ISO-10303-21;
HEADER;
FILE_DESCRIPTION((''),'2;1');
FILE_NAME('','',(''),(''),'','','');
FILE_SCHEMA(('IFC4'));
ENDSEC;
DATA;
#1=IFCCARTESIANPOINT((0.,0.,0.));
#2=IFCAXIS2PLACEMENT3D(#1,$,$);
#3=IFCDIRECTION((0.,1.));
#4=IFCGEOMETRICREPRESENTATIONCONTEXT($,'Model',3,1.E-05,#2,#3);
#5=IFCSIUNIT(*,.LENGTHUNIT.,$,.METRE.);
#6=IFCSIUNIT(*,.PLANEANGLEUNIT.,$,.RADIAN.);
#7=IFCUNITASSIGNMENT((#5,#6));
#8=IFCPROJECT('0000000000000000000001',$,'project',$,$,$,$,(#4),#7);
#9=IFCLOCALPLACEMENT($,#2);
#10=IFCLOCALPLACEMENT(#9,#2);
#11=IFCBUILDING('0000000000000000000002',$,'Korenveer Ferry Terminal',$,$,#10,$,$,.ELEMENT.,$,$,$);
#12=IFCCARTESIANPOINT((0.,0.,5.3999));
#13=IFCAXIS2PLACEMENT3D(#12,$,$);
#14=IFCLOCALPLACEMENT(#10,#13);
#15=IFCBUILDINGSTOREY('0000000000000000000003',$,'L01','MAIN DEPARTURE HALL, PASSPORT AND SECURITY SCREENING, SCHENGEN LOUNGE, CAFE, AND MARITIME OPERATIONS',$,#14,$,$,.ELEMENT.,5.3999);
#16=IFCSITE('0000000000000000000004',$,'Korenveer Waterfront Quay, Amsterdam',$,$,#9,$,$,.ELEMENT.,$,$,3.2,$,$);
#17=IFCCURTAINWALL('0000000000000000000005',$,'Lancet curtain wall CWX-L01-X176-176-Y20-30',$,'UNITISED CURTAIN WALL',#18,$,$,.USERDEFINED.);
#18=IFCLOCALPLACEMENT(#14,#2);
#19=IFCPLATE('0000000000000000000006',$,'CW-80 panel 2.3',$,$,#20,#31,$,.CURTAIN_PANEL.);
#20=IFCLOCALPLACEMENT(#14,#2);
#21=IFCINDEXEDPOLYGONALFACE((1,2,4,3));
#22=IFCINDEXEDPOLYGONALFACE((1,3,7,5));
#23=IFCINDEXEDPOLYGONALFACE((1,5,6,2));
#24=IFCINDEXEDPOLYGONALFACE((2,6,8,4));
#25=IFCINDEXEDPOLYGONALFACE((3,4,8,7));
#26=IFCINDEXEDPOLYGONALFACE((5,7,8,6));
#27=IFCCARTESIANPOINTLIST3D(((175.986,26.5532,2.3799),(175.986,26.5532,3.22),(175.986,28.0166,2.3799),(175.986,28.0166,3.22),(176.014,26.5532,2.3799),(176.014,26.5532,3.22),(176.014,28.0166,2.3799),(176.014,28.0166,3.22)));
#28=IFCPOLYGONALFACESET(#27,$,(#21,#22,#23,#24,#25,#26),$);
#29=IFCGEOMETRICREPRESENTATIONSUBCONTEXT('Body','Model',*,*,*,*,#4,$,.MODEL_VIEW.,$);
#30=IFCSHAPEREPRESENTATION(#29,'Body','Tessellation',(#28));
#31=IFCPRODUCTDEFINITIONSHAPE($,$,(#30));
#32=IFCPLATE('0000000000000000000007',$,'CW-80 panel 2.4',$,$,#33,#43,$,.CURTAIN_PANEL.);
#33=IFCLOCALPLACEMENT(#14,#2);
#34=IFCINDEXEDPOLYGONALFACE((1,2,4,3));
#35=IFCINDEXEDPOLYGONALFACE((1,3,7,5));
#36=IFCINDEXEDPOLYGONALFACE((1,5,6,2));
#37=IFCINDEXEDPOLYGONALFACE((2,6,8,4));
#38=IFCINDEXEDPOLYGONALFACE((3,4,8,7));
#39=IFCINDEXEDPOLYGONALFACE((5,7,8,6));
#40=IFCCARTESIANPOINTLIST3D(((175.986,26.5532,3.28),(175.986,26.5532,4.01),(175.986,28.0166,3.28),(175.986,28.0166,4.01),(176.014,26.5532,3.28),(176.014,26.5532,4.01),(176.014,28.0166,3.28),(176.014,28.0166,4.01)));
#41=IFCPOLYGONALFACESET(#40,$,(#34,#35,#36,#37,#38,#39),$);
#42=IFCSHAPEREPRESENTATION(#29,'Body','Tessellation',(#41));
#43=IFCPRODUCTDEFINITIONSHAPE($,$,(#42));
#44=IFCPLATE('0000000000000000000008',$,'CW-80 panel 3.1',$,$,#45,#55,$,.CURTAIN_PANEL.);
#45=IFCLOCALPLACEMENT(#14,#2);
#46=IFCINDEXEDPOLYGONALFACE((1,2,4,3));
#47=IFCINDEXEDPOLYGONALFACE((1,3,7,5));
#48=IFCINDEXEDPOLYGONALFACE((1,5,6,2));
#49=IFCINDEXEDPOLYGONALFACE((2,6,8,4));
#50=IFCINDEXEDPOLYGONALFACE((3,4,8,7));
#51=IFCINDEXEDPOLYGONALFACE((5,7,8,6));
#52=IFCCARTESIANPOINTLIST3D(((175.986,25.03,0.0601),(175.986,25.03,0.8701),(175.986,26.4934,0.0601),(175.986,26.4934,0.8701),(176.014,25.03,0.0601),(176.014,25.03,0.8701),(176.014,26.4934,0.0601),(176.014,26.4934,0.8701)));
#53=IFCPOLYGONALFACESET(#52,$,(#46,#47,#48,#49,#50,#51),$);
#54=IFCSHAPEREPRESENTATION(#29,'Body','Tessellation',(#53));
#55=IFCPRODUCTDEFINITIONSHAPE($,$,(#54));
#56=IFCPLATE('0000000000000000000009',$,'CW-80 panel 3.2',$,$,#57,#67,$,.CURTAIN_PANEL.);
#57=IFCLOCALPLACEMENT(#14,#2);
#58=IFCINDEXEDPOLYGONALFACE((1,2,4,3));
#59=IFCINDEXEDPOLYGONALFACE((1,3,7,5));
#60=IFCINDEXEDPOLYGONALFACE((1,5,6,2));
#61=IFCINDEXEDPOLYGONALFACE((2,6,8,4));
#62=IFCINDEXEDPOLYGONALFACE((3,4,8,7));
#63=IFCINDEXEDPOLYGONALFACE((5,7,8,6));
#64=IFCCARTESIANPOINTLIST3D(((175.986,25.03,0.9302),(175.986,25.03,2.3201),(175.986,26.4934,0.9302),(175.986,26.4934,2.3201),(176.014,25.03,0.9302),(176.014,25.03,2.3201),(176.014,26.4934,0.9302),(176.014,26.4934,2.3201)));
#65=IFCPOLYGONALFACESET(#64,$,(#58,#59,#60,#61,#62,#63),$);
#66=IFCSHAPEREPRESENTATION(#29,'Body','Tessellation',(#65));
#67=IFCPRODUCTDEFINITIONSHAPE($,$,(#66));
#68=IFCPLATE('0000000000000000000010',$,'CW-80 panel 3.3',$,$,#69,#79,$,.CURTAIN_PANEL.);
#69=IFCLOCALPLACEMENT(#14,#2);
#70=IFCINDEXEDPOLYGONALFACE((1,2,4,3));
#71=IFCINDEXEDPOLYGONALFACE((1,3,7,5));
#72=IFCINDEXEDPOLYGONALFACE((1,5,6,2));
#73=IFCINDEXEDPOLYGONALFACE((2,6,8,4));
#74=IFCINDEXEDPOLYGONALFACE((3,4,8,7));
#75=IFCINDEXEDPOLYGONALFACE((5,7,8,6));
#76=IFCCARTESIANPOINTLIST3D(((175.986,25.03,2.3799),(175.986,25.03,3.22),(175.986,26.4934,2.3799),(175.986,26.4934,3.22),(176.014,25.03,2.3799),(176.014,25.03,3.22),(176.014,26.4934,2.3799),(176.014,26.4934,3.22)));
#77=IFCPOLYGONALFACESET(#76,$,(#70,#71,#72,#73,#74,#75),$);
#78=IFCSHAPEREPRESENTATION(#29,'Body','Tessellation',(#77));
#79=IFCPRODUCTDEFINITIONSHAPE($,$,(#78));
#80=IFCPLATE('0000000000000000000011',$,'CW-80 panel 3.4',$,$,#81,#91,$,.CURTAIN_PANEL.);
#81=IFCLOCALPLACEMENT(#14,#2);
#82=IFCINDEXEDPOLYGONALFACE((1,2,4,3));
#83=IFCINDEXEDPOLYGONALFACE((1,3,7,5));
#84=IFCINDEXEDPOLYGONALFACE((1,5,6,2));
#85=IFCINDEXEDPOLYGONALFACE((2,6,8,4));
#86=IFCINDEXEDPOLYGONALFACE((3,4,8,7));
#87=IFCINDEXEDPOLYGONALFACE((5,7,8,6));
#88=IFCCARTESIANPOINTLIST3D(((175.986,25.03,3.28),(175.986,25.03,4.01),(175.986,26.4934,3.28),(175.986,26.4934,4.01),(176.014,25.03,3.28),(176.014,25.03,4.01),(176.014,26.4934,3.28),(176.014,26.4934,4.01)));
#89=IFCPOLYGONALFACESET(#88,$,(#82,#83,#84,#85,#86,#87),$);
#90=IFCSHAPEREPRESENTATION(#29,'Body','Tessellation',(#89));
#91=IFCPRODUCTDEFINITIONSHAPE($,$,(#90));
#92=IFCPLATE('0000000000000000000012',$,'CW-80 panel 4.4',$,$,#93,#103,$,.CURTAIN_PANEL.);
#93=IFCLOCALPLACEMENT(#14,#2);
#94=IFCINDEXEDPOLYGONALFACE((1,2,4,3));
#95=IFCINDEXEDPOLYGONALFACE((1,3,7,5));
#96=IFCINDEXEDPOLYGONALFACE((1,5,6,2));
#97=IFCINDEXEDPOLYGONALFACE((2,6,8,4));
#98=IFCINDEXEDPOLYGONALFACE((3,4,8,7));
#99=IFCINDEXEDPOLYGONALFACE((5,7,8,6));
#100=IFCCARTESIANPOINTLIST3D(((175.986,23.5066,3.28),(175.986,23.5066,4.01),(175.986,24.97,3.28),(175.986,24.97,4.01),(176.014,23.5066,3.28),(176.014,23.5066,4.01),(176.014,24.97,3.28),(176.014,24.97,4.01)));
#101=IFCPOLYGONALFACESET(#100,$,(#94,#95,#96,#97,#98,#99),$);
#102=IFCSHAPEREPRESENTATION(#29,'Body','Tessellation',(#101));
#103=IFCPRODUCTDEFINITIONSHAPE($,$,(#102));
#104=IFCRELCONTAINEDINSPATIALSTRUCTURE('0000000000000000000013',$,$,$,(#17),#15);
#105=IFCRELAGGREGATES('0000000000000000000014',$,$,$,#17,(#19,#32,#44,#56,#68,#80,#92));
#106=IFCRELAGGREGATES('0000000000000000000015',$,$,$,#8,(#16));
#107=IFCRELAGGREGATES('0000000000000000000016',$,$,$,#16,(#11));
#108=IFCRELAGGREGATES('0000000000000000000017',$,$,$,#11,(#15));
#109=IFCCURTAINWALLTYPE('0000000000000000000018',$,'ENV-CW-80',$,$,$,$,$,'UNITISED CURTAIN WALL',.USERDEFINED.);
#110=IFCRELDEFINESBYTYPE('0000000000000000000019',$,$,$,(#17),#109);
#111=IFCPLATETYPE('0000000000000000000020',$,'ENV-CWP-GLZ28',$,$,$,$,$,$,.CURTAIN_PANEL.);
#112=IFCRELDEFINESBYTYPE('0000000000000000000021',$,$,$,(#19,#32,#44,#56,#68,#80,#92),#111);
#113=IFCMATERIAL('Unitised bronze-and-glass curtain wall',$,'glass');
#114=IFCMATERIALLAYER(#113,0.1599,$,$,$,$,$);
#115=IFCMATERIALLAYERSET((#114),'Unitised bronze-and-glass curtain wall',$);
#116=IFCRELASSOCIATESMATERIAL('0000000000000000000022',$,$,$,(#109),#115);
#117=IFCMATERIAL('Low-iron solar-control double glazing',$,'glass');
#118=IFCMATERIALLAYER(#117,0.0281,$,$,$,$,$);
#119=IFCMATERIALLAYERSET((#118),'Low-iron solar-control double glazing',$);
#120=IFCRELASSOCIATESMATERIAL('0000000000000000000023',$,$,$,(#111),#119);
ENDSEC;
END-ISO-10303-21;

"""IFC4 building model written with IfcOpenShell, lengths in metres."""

from ifc_helpers import new_model, si_unit, direction, frame, origin, origin_2d, place, context, subcontext, project, spatial, rectangle, extrude, material, layer, layer_set, type_object, element, aggregate, save


model = new_model("IFC4")

# Units and contexts
model_context = context("Model", 3, precision=1e-05, world=origin(), true_north=direction((0.0, 1.0)))
body_context = subcontext(model_context, "Body", "Model", "MODEL_VIEW")
ifc_project = project(units=[si_unit("LENGTHUNIT", "METRE"), si_unit("PLANEANGLEUNIT", "RADIAN")], contexts=[model_context])

# Site, building, storey
site_placement = place(None, origin())
site = spatial("IfcSite", under=ifc_project, at=site_placement, Name="Korenveer Waterfront Quay, Amsterdam", CompositionType="ELEMENT", RefElevation=3.2)
building_placement = place(site_placement, origin())
building = spatial("IfcBuilding", under=site, at=building_placement, Name="Korenveer Ferry Terminal", CompositionType="ELEMENT")
storey_placement = place(building_placement, frame((0.0, 0.0, 5.3999)))
storey = spatial("IfcBuildingStorey", under=building, at=storey_placement, Name="L01", Description="MAIN DEPARTURE HALL, PASSPORT AND SECURITY SCREENING, SCHENGEN LOUNGE, CAFE, AND MARITIME OPERATIONS", CompositionType="ELEMENT", Elevation=5.3999)

# Curtain wall, plates
ifc_material_1 = material(Name="Unitised bronze-and-glass curtain wall", Category="glass")
ifc_layer_1 = layer(ifc_material_1, 0.1599)
ifc_layer_set_1 = layer_set([ifc_layer_1], Name="Unitised bronze-and-glass curtain wall")
curtain_wall_type = type_object("IfcCurtainWallType", Name="ENV-CW-80", ElementType="UNITISED CURTAIN WALL", PredefinedType="USERDEFINED", material=ifc_layer_set_1)
curtain_wall_placement = place(storey_placement, frame((176.0, 29.5701, 0.0)))
curtain_wall = element("IfcCurtainWall", 1, at=curtain_wall_placement, inside=storey, type_object=curtain_wall_type, Name="Lancet curtain wall CWX-L01-X176-176-Y20-30", ObjectType="UNITISED CURTAIN WALL", PredefinedType="USERDEFINED")
ifc_material_2 = material(Name="Low-iron solar-control double glazing", Category="glass")
ifc_layer_2 = layer(ifc_material_2, 0.0281)
ifc_layer_set_2 = layer_set([ifc_layer_2], Name="Low-iron solar-control double glazing")
plate_type = type_object("IfcPlateType", Name="ENV-CWP-GLZ28", PredefinedType="CURTAIN_PANEL", material=ifc_layer_set_2)
plate_1_placement = place(storey_placement, frame((176.0, 27.2849, 2.3799), z_axis=(0.0, 0.0, 1.0), x_axis=(0.0, -1.0, 0.0)))
plate_1 = element("IfcPlate", 2, at=plate_1_placement, type_object=plate_type, Name="CW-80 panel 2.3", PredefinedType="CURTAIN_PANEL", context=body_context, shape_type="SweptSolid", body=[
    extrude(rectangle(XDim=1.4634, YDim=0.0281, at=origin_2d()), origin(), (0.0, 0.0, 1.0), 0.8401),
])
plate_2_placement = place(storey_placement, frame((176.0, 27.2849, 3.28), z_axis=(0.0, 0.0, 1.0), x_axis=(0.0, -1.0, 0.0)))
plate_2 = element("IfcPlate", 3, at=plate_2_placement, type_object=plate_type, Name="CW-80 panel 2.4", PredefinedType="CURTAIN_PANEL", context=body_context, shape_type="SweptSolid", body=[
    extrude(rectangle(XDim=1.4634, YDim=0.0281, at=origin_2d()), origin(), (0.0, 0.0, 1.0), 0.73),
])
plate_3_placement = place(storey_placement, frame((176.0, 25.7617, 0.0601), z_axis=(0.0, 0.0, 1.0), x_axis=(0.0, -1.0, 0.0)))
plate_3 = element("IfcPlate", 4, at=plate_3_placement, type_object=plate_type, Name="CW-80 panel 3.1", PredefinedType="CURTAIN_PANEL", context=body_context, shape_type="SweptSolid", body=[
    extrude(rectangle(XDim=1.4634, YDim=0.0281, at=origin_2d()), origin(), (0.0, 0.0, 1.0), 0.8101),
])
plate_4_placement = place(storey_placement, frame((176.0, 25.7617, 0.9302), z_axis=(0.0, 0.0, 1.0), x_axis=(0.0, -1.0, 0.0)))
plate_4 = element("IfcPlate", 5, at=plate_4_placement, type_object=plate_type, Name="CW-80 panel 3.2", PredefinedType="CURTAIN_PANEL", context=body_context, shape_type="SweptSolid", body=[
    extrude(rectangle(XDim=1.4634, YDim=0.0281, at=origin_2d()), origin(), (0.0, 0.0, 1.0), 1.3899),
])
plate_5_placement = place(storey_placement, frame((176.0, 25.7617, 2.3799), z_axis=(0.0, 0.0, 1.0), x_axis=(0.0, -1.0, 0.0)))
plate_5 = element("IfcPlate", 6, at=plate_5_placement, type_object=plate_type, Name="CW-80 panel 3.3", PredefinedType="CURTAIN_PANEL", context=body_context, shape_type="SweptSolid", body=[
    extrude(rectangle(XDim=1.4634, YDim=0.0281, at=origin_2d()), origin(), (0.0, 0.0, 1.0), 0.8401),
])
plate_6_placement = place(storey_placement, frame((176.0, 25.7617, 3.28), z_axis=(0.0, 0.0, 1.0), x_axis=(0.0, -1.0, 0.0)))
plate_6 = element("IfcPlate", 7, at=plate_6_placement, type_object=plate_type, Name="CW-80 panel 3.4", PredefinedType="CURTAIN_PANEL", context=body_context, shape_type="SweptSolid", body=[
    extrude(rectangle(XDim=1.4634, YDim=0.0281, at=origin_2d()), origin(), (0.0, 0.0, 1.0), 0.73),
])
plate_7_placement = place(storey_placement, frame((176.0, 24.2383, 3.28), z_axis=(0.0, 0.0, 1.0), x_axis=(0.0, -1.0, 0.0)))
plate_7 = element("IfcPlate", 8, at=plate_7_placement, type_object=plate_type, Name="CW-80 panel 4.4", PredefinedType="CURTAIN_PANEL", context=body_context, shape_type="SweptSolid", body=[
    extrude(rectangle(XDim=1.4634, YDim=0.0281, at=origin_2d()), origin(), (0.0, 0.0, 1.0), 0.73),
])
aggregate(curtain_wall, [plate_1, plate_2, plate_3, plate_4, plate_5, plate_6, plate_7])

save(model, "model.ifc")
